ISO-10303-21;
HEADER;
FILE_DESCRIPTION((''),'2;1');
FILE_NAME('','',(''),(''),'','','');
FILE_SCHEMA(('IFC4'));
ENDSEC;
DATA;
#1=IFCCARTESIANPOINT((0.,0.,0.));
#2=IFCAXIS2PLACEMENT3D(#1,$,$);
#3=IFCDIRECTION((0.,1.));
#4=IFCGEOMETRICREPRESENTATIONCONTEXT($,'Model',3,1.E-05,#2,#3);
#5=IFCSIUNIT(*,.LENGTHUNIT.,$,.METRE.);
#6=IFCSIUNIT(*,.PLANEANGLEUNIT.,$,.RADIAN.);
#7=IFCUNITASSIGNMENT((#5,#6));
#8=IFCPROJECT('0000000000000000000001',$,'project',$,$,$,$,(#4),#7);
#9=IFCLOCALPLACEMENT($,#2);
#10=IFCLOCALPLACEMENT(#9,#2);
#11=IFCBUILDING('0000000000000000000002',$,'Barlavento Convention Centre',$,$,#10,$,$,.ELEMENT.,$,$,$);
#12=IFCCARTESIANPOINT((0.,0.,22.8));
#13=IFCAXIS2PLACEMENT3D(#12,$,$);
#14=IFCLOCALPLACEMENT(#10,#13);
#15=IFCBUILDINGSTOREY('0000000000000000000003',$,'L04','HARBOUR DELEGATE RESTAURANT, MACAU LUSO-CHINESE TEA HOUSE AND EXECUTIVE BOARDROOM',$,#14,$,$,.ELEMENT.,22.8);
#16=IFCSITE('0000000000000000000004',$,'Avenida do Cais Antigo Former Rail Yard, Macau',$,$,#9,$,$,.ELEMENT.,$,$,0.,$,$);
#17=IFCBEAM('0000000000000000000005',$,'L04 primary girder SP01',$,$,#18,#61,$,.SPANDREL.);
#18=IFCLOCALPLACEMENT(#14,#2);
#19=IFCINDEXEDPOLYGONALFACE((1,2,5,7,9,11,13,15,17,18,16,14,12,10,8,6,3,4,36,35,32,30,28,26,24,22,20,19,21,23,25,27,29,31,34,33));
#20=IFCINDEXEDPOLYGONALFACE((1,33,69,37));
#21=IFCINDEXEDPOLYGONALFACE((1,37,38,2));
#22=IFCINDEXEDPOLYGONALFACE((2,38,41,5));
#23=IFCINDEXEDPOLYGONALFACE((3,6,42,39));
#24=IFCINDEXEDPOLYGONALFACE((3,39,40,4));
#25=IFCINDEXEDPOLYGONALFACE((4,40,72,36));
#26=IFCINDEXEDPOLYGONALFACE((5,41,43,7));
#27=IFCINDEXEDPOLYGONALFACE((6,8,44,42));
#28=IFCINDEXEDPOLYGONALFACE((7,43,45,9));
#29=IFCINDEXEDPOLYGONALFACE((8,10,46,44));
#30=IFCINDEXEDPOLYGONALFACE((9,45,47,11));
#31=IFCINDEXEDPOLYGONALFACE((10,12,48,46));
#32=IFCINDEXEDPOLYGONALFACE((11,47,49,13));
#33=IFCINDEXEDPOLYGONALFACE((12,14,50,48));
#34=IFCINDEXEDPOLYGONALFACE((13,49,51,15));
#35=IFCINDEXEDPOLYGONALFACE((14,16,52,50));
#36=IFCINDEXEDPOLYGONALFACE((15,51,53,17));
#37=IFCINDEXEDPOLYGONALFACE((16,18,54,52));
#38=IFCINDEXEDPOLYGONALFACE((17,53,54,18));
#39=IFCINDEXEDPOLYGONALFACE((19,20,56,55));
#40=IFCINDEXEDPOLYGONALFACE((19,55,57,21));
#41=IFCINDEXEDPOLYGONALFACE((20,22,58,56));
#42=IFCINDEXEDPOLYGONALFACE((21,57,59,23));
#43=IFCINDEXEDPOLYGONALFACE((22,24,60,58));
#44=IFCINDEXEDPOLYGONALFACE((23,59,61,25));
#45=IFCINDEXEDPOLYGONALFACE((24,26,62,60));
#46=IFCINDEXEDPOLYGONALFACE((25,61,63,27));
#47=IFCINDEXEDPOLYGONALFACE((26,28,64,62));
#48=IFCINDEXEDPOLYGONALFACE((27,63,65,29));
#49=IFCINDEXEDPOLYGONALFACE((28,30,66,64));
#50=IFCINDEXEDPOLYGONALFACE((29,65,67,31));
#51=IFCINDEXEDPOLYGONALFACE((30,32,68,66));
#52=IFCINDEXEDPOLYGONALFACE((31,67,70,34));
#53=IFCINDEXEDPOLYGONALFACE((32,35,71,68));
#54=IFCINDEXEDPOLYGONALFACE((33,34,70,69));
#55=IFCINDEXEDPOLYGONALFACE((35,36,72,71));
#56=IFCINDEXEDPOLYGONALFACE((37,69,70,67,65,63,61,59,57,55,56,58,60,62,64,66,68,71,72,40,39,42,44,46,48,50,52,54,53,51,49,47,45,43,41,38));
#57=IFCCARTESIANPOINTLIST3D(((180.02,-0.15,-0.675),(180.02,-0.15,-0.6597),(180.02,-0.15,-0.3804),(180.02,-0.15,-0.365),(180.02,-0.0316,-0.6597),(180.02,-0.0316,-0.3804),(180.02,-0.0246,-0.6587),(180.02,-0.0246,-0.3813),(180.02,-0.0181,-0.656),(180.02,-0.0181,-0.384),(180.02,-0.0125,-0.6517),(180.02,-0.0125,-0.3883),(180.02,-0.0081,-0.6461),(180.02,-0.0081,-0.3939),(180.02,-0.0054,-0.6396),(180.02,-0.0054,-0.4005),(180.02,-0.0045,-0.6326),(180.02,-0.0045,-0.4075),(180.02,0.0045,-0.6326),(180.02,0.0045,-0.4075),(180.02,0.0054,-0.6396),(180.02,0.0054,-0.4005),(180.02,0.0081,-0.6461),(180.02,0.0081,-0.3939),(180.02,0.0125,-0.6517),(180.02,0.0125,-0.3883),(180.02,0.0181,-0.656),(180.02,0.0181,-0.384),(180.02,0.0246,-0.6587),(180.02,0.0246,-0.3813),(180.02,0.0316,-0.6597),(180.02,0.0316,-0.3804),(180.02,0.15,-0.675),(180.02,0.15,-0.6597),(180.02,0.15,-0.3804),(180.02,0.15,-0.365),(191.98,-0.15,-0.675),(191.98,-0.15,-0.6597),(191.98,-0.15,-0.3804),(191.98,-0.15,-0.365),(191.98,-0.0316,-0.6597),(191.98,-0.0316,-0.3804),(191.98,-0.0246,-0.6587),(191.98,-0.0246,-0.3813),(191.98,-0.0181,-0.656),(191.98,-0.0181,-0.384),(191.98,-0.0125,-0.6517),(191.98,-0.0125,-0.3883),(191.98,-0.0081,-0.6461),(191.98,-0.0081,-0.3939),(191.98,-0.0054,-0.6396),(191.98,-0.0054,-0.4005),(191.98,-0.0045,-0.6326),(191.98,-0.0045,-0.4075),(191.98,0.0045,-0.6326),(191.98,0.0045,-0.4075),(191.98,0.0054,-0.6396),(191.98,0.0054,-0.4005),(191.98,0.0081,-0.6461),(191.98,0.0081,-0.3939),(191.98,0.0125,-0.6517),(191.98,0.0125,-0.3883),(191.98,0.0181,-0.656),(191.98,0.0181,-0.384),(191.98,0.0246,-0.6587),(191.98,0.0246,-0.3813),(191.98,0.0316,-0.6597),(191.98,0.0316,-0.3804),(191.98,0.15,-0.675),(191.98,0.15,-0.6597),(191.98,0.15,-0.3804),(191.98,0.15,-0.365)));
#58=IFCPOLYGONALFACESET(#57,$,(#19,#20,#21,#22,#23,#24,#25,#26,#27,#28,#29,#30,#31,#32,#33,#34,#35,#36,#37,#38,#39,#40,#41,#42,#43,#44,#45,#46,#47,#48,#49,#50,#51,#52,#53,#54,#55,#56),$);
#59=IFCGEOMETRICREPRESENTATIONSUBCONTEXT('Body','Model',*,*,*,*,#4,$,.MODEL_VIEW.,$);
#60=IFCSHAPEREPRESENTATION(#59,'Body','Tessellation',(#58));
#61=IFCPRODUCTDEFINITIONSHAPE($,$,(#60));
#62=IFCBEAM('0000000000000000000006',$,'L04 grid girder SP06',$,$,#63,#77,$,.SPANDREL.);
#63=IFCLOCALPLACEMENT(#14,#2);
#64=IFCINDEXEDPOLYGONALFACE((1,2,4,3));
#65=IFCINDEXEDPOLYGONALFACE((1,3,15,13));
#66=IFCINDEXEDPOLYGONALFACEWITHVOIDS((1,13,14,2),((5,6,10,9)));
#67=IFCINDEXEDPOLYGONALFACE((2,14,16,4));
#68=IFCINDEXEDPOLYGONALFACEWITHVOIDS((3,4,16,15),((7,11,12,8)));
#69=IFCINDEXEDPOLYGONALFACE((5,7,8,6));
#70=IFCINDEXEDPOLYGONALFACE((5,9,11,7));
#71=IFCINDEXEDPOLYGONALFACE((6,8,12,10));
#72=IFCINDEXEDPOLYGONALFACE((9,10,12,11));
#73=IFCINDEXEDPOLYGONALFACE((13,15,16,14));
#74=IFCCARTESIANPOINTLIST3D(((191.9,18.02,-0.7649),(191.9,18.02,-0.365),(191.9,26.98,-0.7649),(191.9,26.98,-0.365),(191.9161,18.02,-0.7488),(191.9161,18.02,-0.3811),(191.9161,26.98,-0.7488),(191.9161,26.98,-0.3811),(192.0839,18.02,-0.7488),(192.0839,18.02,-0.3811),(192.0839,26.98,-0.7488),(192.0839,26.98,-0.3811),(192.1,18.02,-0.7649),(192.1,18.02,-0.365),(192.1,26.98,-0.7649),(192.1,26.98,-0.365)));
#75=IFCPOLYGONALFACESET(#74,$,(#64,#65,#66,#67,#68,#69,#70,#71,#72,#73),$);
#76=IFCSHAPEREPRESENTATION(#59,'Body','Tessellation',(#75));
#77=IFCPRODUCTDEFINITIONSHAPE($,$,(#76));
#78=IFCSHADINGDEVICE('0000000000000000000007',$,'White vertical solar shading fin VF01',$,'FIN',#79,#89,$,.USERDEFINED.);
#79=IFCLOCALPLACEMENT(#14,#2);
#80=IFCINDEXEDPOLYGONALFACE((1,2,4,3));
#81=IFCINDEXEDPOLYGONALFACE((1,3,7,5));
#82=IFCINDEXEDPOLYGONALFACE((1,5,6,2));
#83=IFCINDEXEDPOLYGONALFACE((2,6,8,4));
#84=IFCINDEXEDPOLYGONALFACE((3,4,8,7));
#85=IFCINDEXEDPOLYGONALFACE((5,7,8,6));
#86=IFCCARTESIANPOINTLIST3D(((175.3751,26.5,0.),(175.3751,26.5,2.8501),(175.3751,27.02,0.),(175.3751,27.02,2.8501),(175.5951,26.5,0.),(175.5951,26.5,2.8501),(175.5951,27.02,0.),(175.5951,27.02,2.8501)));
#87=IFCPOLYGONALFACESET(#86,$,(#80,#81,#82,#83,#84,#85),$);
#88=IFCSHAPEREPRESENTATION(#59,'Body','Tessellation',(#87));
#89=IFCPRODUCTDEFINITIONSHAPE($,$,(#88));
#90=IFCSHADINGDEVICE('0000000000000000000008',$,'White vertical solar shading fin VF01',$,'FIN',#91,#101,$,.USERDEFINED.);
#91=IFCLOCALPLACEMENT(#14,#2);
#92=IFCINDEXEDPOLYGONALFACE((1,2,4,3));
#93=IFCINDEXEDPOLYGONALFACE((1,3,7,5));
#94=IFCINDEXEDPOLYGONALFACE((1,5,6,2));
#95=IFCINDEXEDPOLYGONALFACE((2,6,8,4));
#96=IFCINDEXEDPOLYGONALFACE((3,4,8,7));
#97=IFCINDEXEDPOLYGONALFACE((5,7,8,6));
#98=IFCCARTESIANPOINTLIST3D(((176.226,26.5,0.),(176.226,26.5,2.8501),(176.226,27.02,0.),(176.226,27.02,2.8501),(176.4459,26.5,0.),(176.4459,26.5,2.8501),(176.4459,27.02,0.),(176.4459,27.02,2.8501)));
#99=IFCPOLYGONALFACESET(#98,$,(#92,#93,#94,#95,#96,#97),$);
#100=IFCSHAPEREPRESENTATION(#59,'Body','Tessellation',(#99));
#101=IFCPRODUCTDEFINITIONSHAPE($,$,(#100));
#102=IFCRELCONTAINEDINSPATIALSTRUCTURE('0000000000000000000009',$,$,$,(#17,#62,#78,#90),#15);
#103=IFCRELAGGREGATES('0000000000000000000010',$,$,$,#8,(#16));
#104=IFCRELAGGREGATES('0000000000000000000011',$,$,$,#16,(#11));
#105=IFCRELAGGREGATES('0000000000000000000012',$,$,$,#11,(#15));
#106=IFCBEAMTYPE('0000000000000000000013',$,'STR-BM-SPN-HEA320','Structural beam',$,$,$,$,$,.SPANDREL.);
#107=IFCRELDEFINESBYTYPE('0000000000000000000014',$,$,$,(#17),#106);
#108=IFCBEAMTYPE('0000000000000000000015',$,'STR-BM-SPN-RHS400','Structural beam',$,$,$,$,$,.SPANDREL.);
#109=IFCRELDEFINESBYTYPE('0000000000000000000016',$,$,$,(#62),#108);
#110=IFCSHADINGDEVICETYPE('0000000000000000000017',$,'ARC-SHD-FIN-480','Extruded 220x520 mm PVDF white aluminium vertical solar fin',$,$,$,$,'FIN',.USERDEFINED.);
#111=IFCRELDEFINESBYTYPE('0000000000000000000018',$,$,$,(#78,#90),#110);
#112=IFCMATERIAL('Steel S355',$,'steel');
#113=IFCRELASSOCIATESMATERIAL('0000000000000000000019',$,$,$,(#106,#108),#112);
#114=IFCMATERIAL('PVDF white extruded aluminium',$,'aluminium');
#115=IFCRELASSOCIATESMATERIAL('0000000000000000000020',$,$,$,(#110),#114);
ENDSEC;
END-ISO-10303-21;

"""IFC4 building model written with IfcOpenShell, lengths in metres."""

from ifc_helpers import new_model, si_unit, direction, frame, origin, origin_2d, place, context, subcontext, project, spatial, rectangle, hollow_rectangle, i_section, extrude, material, material_profile, profile_set, type_object, element, save


model = new_model("IFC4")

# Units and contexts
model_context = context("Model", 3, precision=1e-05, world=origin(), true_north=direction((0.0, 1.0)))
body_context = subcontext(model_context, "Body", "Model", "MODEL_VIEW")
ifc_project = project(units=[si_unit("LENGTHUNIT", "METRE"), si_unit("PLANEANGLEUNIT", "RADIAN")], contexts=[model_context])

# Site, building, storey
site_placement = place(None, origin())
site = spatial("IfcSite", under=ifc_project, at=site_placement, Name="Avenida do Cais Antigo Former Rail Yard, Macau", CompositionType="ELEMENT", RefElevation=0.0)
building_placement = place(site_placement, origin())
building = spatial("IfcBuilding", under=site, at=building_placement, Name="Barlavento Convention Centre", CompositionType="ELEMENT")
storey_placement = place(building_placement, frame((0.0, 0.0, 22.8)))
storey = spatial("IfcBuildingStorey", under=building, at=storey_placement, Name="L04", Description="HARBOUR DELEGATE RESTAURANT, MACAU LUSO-CHINESE TEA HOUSE AND EXECUTIVE BOARDROOM", CompositionType="ELEMENT", Elevation=22.8)

# Beams
ifc_material_1 = material(Name="Steel S355", Category="steel")
ifc_material_profile_1 = material_profile(ifc_material_1, i_section(OverallWidth=0.3, OverallDepth=0.3101, WebThickness=0.009, FlangeThickness=0.0154, FilletRadius=0.0271, at=origin_2d()), Name="HEA 320")
ifc_profile_set_1 = profile_set([ifc_material_profile_1], Name="Steel S355")
beam_type_1 = type_object("IfcBeamType", Name="STR-BM-SPN-HEA320", Description="Structural beam", PredefinedType="SPANDREL", material=ifc_profile_set_1)
beam_1_placement = place(storey_placement, frame((180.02, 0.0, -0.52), z_axis=(1.0, 0.0, 0.0), x_axis=(0.0, 1.0, 0.0)))
element("IfcBeam", 1, at=beam_1_placement, inside=storey, type_object=beam_type_1, Name="L04 primary girder SP01", PredefinedType="SPANDREL", context=body_context, shape_type="SweptSolid", body=[
    extrude(i_section(OverallWidth=0.3, OverallDepth=0.3101, WebThickness=0.009, FlangeThickness=0.0154, FilletRadius=0.0271, at=origin_2d()), origin(), (0.0, 0.0, 1.0), 11.96),
])
ifc_material_profile_2 = material_profile(ifc_material_1, hollow_rectangle(XDim=0.2, YDim=0.3999, WallThickness=0.0161, at=origin_2d()), Name="RHS 400x200x16.0")
ifc_profile_set_2 = profile_set([ifc_material_profile_2], Name="Steel S355")
beam_type_2 = type_object("IfcBeamType", Name="STR-BM-SPN-RHS400", Description="Structural beam", PredefinedType="SPANDREL", material=ifc_profile_set_2)
beam_2_placement = place(storey_placement, frame((192.0, 18.02, -0.5649), z_axis=(0.0, 1.0, 0.0), x_axis=(-1.0, 0.0, 0.0)))
element("IfcBeam", 2, at=beam_2_placement, inside=storey, type_object=beam_type_2, Name="L04 grid girder SP06", PredefinedType="SPANDREL", context=body_context, shape_type="SweptSolid", body=[
    extrude(hollow_rectangle(XDim=0.2, YDim=0.3999, WallThickness=0.0161, at=origin_2d()), origin(), (0.0, 0.0, 1.0), 8.96),
])

# Shading devices
ifc_material_2 = material(Name="PVDF white extruded aluminium", Category="aluminium")
shading_device_type = type_object("IfcShadingDeviceType", Name="ARC-SHD-FIN-480", Description="Extruded 220x520 mm PVDF white aluminium vertical solar fin", ElementType="FIN", PredefinedType="USERDEFINED", material=ifc_material_2)
for number, where, z_axis, x_axis, name in (
    (3, (175.4851, 26.76, 0.0), (0.0, 0.0, 1.0), (1.0, 0.0, 0.0), "White vertical solar shading fin VF01"),
    (4, (176.3359, 26.76, 0.0), (0.0, 0.0, 1.0), (1.0, 0.0, 0.0), "White vertical solar shading fin VF01"),
):
    element("IfcShadingDevice", number, at=place(storey_placement, frame(where, z_axis=z_axis, x_axis=x_axis)), inside=storey, type_object=shading_device_type, Name=name, ObjectType="FIN", PredefinedType="USERDEFINED", context=body_context, shape_type="SweptSolid", body=[
        extrude(rectangle(XDim=0.22, YDim=0.52, at=origin_2d()), origin(), (0.0, 0.0, 1.0), 2.8501),
    ])

save(model, "model.ifc")
